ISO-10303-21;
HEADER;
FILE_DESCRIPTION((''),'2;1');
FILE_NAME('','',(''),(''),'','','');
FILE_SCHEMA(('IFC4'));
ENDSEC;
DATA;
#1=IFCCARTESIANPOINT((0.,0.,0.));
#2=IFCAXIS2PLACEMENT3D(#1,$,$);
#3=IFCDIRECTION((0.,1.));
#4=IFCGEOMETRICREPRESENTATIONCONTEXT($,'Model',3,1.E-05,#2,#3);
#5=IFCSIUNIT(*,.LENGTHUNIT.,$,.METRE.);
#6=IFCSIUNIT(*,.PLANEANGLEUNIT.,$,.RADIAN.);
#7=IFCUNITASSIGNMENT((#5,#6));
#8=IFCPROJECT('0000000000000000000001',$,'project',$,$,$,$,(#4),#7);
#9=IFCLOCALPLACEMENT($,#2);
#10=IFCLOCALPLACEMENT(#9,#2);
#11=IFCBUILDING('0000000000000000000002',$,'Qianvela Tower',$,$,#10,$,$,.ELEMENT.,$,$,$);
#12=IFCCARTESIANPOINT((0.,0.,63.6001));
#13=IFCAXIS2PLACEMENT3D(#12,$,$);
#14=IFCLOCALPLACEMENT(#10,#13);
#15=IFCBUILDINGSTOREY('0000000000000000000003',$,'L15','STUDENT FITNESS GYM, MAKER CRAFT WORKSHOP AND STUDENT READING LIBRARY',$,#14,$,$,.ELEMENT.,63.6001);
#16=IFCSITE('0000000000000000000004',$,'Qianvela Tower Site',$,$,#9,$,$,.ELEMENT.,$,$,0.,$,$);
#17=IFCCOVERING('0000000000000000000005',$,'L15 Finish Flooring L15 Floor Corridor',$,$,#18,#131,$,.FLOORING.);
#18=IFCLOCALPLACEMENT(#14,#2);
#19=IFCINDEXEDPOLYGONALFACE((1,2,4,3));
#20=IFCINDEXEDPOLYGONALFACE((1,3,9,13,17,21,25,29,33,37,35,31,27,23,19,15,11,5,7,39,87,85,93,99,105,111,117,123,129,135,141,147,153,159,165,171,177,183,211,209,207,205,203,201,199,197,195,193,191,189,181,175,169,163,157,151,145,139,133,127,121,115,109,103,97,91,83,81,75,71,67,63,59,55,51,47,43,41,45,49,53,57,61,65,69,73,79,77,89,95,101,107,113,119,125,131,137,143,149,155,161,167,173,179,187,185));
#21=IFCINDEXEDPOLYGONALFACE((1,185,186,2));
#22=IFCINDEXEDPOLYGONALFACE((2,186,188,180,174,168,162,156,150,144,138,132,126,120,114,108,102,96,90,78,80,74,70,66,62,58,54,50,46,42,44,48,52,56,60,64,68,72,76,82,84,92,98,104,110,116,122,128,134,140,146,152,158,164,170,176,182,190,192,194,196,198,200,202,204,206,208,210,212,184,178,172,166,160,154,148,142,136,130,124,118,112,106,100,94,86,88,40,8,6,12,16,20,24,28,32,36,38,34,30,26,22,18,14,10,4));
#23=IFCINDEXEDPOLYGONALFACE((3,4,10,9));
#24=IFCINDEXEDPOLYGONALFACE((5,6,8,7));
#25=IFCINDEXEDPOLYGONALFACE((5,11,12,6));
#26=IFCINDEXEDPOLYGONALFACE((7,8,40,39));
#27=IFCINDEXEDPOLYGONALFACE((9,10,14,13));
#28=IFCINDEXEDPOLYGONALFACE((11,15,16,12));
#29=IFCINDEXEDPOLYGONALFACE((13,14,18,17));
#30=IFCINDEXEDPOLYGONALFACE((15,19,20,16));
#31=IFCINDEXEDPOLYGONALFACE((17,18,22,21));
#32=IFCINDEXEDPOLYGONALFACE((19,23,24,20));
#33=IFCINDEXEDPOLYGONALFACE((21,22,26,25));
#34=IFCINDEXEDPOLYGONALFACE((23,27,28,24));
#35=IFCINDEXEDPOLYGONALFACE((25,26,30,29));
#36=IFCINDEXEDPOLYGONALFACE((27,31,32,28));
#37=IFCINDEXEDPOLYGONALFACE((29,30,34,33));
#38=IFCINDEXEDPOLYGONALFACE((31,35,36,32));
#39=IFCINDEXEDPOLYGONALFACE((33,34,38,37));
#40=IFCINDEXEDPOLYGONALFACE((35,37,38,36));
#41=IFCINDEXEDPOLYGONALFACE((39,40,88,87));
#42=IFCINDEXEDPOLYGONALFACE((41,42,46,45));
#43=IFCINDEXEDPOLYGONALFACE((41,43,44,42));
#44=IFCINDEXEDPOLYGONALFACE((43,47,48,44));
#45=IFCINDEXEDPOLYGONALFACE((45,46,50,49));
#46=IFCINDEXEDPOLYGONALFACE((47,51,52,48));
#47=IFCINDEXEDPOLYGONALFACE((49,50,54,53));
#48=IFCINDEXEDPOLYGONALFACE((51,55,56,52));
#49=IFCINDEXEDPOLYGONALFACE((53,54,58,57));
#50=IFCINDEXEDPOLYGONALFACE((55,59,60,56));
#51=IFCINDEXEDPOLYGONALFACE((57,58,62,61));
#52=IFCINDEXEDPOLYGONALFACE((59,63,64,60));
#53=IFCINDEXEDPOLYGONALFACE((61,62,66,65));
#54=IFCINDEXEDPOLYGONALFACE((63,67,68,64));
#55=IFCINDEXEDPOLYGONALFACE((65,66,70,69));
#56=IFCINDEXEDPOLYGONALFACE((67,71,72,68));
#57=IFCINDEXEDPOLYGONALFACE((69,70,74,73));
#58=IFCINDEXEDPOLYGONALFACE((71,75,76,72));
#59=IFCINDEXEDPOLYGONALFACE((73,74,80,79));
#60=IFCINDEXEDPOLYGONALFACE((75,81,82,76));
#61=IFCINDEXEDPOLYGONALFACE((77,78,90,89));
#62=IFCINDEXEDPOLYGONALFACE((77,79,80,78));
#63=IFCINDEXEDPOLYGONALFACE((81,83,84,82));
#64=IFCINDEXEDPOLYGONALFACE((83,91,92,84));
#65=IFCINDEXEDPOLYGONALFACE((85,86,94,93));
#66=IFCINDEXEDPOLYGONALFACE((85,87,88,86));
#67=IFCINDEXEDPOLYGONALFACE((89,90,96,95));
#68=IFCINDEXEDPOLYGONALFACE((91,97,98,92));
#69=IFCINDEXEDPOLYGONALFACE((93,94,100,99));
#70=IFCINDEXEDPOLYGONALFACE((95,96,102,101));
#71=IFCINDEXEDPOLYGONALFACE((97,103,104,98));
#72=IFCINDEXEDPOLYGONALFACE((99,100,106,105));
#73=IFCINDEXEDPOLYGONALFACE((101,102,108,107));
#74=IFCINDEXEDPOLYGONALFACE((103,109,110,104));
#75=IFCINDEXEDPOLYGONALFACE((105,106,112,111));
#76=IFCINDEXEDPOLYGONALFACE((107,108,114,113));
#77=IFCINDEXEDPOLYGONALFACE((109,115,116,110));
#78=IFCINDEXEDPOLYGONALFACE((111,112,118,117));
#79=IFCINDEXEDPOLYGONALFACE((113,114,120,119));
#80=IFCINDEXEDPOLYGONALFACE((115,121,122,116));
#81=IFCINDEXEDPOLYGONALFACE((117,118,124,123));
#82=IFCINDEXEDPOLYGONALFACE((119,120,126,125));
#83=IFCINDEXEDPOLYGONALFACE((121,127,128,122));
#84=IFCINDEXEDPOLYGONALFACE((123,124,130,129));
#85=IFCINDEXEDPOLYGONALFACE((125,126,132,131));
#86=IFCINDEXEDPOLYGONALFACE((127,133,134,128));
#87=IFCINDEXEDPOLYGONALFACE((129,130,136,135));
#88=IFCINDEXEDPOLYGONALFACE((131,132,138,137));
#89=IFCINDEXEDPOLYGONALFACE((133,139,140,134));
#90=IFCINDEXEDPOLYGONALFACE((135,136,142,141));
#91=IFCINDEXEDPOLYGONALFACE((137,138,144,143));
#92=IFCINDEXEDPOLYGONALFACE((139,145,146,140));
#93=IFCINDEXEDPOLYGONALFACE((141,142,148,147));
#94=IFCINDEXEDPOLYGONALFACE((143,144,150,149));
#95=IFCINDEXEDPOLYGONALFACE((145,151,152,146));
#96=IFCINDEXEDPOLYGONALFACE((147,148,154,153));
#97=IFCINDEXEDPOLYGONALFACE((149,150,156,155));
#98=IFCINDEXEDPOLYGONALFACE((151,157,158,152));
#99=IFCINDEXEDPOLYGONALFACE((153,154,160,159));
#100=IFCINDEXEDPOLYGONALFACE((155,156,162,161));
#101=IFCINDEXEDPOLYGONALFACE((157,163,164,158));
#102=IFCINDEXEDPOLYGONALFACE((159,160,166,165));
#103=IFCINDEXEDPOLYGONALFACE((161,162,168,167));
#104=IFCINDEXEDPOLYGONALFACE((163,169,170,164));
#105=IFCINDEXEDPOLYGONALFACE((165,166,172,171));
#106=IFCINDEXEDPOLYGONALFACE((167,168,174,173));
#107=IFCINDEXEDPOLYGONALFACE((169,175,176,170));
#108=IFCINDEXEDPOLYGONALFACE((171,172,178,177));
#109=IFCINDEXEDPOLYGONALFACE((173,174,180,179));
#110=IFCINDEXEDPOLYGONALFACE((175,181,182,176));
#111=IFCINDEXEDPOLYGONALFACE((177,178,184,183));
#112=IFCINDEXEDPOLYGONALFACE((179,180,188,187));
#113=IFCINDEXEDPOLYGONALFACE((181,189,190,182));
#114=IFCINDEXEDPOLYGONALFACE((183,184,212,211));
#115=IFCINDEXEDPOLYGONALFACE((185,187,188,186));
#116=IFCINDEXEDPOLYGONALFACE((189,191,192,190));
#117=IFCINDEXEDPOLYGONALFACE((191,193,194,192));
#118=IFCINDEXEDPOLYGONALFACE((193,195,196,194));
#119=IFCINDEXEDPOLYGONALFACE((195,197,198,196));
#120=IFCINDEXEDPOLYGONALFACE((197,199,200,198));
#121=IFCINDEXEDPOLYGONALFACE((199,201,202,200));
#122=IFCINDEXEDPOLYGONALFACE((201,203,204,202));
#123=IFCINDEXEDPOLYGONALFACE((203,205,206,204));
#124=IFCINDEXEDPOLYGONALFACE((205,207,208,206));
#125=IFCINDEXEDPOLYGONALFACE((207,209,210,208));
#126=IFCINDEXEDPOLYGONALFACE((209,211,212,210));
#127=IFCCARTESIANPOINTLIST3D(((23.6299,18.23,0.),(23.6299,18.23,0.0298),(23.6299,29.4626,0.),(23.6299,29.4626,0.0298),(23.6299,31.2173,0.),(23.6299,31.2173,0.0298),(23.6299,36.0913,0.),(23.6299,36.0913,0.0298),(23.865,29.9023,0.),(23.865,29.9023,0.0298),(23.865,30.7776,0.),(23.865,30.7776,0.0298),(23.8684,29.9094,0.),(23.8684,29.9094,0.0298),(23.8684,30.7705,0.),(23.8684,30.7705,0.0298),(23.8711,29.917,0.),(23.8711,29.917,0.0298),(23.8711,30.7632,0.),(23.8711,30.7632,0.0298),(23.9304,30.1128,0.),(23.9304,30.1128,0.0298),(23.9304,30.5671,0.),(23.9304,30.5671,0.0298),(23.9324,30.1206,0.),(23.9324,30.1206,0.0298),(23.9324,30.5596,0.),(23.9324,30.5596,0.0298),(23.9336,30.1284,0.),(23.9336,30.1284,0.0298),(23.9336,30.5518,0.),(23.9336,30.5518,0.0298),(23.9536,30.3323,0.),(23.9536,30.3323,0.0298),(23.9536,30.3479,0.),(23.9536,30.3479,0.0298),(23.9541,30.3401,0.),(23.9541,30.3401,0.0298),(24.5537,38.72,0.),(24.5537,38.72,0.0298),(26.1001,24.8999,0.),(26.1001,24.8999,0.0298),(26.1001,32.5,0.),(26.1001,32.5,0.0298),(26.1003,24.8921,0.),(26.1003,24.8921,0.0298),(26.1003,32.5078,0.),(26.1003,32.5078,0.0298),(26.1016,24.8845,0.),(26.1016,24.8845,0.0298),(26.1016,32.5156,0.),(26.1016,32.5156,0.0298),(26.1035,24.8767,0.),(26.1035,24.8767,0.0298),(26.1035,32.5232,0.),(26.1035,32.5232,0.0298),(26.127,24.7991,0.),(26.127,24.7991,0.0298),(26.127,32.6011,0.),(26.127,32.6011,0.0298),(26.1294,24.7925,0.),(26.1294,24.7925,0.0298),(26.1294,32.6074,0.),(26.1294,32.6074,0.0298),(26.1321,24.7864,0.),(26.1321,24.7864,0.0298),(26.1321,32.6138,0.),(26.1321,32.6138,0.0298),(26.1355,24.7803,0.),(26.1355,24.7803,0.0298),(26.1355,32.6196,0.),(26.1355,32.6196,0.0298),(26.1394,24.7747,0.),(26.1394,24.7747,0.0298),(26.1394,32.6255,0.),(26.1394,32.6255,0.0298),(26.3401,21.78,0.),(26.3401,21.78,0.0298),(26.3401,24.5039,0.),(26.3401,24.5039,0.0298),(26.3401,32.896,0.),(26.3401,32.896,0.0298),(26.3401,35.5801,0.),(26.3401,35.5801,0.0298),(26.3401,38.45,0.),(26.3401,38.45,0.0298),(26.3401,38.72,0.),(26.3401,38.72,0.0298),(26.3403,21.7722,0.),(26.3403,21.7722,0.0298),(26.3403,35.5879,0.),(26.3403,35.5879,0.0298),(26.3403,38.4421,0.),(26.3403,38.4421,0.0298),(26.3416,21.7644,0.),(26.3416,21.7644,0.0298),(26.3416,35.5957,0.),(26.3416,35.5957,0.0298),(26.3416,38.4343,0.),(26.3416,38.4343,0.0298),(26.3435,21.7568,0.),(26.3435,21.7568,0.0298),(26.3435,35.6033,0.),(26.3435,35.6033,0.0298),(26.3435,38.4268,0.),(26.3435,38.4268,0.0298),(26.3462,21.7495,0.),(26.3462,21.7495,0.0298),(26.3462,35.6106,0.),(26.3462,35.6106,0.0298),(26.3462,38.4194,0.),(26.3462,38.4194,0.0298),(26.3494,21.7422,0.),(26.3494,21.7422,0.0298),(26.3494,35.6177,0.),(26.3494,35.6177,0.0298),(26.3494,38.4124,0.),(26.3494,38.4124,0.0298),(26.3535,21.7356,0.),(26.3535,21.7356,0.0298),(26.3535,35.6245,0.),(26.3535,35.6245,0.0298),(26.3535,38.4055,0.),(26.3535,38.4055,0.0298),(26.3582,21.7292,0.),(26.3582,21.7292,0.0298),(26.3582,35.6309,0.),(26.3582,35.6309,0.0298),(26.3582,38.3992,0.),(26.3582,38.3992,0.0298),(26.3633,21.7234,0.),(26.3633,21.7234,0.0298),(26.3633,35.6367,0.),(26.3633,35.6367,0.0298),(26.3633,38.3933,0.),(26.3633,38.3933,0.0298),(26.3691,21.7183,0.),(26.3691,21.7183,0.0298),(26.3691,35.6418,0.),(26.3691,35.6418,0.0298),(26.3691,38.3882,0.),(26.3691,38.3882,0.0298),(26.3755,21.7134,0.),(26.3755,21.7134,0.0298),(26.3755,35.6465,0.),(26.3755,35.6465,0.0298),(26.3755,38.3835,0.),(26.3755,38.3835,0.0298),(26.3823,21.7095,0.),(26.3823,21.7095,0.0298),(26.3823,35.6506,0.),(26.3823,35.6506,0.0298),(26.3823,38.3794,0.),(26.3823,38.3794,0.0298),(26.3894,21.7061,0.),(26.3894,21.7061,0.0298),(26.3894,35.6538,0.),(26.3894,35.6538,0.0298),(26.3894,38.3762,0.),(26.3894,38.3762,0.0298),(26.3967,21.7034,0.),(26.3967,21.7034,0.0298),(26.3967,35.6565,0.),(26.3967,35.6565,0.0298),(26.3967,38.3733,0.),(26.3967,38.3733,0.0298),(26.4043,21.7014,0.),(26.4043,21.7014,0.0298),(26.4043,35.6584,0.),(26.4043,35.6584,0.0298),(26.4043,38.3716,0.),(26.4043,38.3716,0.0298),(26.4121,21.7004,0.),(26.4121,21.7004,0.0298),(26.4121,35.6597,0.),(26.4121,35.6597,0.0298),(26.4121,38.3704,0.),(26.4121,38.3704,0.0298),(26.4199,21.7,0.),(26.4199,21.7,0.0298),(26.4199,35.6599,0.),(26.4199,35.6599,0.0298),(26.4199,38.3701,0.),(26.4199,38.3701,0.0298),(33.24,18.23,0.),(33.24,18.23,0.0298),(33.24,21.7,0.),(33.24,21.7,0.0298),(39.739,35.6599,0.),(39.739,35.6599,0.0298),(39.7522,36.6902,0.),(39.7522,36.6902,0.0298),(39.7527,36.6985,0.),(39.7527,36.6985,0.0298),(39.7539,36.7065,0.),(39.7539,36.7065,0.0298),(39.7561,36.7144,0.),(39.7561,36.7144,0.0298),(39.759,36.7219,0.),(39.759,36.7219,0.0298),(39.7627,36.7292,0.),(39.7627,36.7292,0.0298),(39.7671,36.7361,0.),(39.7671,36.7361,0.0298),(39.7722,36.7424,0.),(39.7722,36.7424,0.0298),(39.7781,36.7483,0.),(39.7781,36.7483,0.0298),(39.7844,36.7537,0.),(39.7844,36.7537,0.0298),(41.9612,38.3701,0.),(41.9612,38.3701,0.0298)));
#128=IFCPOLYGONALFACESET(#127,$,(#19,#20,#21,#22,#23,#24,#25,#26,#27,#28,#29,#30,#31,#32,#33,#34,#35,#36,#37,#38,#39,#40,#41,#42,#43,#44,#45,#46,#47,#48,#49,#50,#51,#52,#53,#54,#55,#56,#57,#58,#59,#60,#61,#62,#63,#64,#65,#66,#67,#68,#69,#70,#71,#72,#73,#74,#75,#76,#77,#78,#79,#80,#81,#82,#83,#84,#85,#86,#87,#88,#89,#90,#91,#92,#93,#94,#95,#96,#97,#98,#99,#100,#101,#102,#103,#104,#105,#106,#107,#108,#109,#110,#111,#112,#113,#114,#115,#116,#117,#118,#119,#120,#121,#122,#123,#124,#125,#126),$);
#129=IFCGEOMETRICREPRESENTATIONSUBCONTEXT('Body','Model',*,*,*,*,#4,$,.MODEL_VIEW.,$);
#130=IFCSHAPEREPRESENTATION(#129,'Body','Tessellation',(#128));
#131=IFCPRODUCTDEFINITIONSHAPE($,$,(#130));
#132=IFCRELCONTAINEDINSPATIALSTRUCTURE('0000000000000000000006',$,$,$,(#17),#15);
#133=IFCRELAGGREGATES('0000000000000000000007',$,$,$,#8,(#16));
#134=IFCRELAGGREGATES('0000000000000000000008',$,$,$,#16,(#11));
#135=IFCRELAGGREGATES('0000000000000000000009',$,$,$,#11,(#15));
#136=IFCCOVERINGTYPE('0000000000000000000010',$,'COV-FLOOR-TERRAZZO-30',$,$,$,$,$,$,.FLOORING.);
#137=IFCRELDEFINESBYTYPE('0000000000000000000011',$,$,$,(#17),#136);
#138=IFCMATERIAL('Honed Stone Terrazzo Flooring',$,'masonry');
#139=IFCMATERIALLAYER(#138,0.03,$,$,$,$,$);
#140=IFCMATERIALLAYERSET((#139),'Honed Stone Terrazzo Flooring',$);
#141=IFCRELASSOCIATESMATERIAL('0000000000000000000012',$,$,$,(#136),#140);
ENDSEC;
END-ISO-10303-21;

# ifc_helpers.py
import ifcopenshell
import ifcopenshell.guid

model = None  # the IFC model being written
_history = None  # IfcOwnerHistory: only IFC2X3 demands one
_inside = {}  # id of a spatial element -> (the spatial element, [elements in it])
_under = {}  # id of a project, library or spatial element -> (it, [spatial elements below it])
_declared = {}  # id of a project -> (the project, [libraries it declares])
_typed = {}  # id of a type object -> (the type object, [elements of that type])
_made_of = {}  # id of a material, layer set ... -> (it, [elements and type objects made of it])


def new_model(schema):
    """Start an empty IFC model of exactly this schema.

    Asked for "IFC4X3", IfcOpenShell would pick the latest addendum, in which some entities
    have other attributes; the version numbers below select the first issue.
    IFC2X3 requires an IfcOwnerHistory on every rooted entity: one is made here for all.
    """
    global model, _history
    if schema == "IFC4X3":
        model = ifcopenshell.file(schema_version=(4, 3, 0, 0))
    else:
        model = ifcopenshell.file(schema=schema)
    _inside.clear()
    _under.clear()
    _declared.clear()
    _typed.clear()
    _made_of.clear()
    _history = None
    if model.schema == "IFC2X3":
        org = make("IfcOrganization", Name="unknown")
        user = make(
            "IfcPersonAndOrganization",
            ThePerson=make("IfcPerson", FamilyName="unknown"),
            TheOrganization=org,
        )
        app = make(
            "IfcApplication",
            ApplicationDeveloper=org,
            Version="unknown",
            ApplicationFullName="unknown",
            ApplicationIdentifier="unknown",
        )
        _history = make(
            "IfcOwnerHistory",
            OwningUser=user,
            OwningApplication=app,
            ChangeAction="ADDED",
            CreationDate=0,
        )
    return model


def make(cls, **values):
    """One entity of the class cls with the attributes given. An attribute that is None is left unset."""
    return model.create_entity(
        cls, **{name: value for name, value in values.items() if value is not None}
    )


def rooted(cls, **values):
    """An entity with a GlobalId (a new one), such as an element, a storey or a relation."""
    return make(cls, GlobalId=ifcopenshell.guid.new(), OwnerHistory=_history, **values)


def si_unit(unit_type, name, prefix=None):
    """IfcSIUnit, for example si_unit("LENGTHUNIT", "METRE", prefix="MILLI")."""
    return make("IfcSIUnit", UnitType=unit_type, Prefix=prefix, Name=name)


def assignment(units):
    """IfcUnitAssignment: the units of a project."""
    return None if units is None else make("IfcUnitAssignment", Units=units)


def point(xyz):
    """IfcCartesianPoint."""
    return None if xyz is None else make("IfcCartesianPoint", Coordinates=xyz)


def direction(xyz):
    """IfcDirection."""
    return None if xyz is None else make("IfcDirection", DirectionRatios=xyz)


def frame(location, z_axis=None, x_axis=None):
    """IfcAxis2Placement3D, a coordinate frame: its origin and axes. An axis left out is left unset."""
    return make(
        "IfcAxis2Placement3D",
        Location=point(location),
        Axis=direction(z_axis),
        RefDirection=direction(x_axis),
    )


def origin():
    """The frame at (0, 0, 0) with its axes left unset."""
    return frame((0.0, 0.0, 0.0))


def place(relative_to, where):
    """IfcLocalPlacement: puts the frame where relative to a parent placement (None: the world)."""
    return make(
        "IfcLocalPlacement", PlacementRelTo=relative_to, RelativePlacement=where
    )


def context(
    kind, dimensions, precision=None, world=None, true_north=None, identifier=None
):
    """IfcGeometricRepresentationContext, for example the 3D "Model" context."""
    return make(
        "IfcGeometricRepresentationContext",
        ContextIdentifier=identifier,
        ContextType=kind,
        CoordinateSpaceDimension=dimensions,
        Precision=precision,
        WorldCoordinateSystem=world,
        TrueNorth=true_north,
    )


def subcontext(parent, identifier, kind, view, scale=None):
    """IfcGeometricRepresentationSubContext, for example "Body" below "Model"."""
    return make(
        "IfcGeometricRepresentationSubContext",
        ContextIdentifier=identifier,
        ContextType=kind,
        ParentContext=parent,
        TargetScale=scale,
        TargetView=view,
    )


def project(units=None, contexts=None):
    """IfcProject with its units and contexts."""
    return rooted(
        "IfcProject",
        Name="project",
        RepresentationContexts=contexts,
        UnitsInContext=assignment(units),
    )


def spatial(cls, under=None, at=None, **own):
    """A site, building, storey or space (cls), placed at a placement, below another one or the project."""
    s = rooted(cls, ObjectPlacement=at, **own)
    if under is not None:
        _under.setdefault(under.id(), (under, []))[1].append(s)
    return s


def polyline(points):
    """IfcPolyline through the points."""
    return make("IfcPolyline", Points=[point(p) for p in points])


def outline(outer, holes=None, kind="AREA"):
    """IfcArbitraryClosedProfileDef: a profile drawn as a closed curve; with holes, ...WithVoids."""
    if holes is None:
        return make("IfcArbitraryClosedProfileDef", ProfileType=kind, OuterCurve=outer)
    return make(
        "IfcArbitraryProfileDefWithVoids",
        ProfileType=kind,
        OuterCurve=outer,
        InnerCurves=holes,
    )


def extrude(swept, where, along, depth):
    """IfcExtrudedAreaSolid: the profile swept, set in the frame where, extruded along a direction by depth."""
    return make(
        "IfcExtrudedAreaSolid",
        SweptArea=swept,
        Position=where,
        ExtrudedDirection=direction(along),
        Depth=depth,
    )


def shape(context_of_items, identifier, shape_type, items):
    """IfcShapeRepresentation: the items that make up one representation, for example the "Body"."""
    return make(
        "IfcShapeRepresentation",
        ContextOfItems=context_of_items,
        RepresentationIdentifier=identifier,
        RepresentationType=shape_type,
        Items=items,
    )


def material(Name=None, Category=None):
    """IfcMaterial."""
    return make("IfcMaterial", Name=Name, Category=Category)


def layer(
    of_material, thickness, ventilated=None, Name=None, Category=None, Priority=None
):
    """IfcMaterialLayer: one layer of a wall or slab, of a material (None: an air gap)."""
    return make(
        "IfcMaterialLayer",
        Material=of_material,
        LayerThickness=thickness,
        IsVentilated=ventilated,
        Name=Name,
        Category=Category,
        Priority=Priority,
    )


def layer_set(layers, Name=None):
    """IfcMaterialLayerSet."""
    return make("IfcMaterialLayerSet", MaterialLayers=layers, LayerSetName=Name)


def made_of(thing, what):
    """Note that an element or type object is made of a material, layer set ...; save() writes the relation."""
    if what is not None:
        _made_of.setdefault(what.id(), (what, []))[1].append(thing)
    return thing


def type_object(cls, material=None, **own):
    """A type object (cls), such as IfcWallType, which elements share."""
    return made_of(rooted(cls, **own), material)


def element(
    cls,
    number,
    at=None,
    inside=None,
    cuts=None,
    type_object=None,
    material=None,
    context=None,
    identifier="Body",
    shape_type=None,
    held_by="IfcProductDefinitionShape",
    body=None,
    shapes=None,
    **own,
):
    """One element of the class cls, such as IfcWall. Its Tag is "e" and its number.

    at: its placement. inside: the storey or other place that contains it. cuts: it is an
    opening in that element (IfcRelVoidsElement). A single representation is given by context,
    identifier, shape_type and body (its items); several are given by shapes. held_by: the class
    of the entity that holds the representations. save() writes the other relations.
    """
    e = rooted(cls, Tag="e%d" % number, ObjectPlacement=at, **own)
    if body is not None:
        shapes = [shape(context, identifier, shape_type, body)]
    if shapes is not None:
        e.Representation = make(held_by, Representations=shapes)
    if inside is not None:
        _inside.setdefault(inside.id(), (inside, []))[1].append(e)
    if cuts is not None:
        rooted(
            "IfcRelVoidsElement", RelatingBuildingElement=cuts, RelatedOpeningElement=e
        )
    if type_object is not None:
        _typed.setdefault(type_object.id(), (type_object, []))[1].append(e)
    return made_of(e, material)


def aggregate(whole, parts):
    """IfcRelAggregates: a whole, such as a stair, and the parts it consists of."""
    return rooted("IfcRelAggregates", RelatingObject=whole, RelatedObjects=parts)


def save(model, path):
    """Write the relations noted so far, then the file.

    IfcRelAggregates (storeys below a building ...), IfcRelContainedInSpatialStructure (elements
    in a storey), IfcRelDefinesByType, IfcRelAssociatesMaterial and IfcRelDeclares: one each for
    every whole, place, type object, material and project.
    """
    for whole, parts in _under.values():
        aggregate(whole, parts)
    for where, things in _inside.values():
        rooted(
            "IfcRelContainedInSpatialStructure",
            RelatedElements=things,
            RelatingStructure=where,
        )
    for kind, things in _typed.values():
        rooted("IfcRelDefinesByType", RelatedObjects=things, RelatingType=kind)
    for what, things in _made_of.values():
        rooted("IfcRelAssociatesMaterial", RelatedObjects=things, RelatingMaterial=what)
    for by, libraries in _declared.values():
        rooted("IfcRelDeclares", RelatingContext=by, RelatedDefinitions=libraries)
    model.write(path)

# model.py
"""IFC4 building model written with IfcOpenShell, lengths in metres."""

from ifc_helpers import new_model, si_unit, direction, frame, origin, place, context, subcontext, project, spatial, polyline, outline, extrude, material, layer, layer_set, type_object, element, save


model = new_model("IFC4")

# Units and contexts
model_context = context("Model", 3, precision=1e-05, world=origin(), true_north=direction((0.0, 1.0)))
body_context = subcontext(model_context, "Body", "Model", "MODEL_VIEW")
ifc_project = project(units=[si_unit("LENGTHUNIT", "METRE"), si_unit("PLANEANGLEUNIT", "RADIAN")], contexts=[model_context])

# Site, building, storey
site_placement = place(None, origin())
site = spatial("IfcSite", under=ifc_project, at=site_placement, Name="Qianvela Tower Site", CompositionType="ELEMENT", RefElevation=0.0)
building_placement = place(site_placement, origin())
building = spatial("IfcBuilding", under=site, at=building_placement, Name="Qianvela Tower", CompositionType="ELEMENT")
storey_placement = place(building_placement, frame((0.0, 0.0, 63.6001)))
storey = spatial("IfcBuildingStorey", under=building, at=storey_placement, Name="L15", Description="STUDENT FITNESS GYM, MAKER CRAFT WORKSHOP AND STUDENT READING LIBRARY", CompositionType="ELEMENT", Elevation=63.6001)

# Covering
ifc_material_1 = material(Name="Honed Stone Terrazzo Flooring", Category="masonry")
ifc_layer_1 = layer(ifc_material_1, 0.03)
ifc_layer_set_1 = layer_set([ifc_layer_1], Name="Honed Stone Terrazzo Flooring")
covering_type_1 = type_object("IfcCoveringType", Name="COV-FLOOR-TERRAZZO-30", PredefinedType="FLOORING", material=ifc_layer_set_1)
covering_1_placement = place(storey_placement, origin())
element("IfcCovering", 1, at=covering_1_placement, inside=storey, type_object=covering_type_1, Name="L15 Finish Flooring L15 Floor Corridor", PredefinedType="FLOORING", context=body_context, shape_type="SweptSolid", body=[
    extrude(outline(polyline([(23.8711, 30.7632), (23.8684, 30.7705), (23.865, 30.7776), (23.6299, 31.2173), (23.6299, 36.0913), (24.5537, 38.72), (26.3401, 38.72), (26.3401, 38.45), (26.3403, 38.4421), (26.3416, 38.4343), (26.3435, 38.4268), (26.3462, 38.4194), (26.3494, 38.4124), (26.3535, 38.4055), (26.3582, 38.3992), (26.3633, 38.3933), (26.3691, 38.3882), (26.3755, 38.3835), (26.3823, 38.3794), (26.3894, 38.3762), (26.3967, 38.3733), (26.4043, 38.3716), (26.4121, 38.3704), (26.4199, 38.3701), (41.9612, 38.3701), (39.7844, 36.7537), (39.7781, 36.7483), (39.7722, 36.7424), (39.7671, 36.7361), (39.7627, 36.7292), (39.759, 36.7219), (39.7561, 36.7144), (39.7539, 36.7065), (39.7527, 36.6985), (39.7522, 36.6902), (39.739, 35.6599), (26.4199, 35.6599), (26.4121, 35.6597), (26.4043, 35.6584), (26.3967, 35.6565), (26.3894, 35.6538), (26.3823, 35.6506), (26.3755, 35.6465), (26.3691, 35.6418), (26.3633, 35.6367), (26.3582, 35.6309), (26.3535, 35.6245), (26.3494, 35.6177), (26.3462, 35.6106), (26.3435, 35.6033), (26.3416, 35.5957), (26.3403, 35.5879), (26.3401, 35.5801), (26.3401, 32.896), (26.1394, 32.6255), (26.1355, 32.6196), (26.1321, 32.6138), (26.1294, 32.6074), (26.127, 32.6011), (26.1035, 32.5232), (26.1016, 32.5156), (26.1003, 32.5078), (26.1001, 32.5), (26.1001, 24.8999), (26.1003, 24.8921), (26.1016, 24.8845), (26.1035, 24.8767), (26.127, 24.7991), (26.1294, 24.7925), (26.1321, 24.7864), (26.1355, 24.7803), (26.1394, 24.7747), (26.3401, 24.5039), (26.3401, 21.78), (26.3403, 21.7722), (26.3416, 21.7644), (26.3435, 21.7568), (26.3462, 21.7495), (26.3494, 21.7422), (26.3535, 21.7356), (26.3582, 21.7292), (26.3633, 21.7234), (26.3691, 21.7183), (26.3755, 21.7134), (26.3823, 21.7095), (26.3894, 21.7061), (26.3967, 21.7034), (26.4043, 21.7014), (26.4121, 21.7004), (26.4199, 21.7), (33.24, 21.7), (33.24, 18.23), (23.6299, 18.23), (23.6299, 29.4626), (23.865, 29.9023), (23.8684, 29.9094), (23.8711, 29.917), (23.9304, 30.1128), (23.9324, 30.1206), (23.9336, 30.1284), (23.9536, 30.3323), (23.9541, 30.3401), (23.9536, 30.3479), (23.9336, 30.5518), (23.9324, 30.5596), (23.9304, 30.5671), (23.8711, 30.7632)])), origin(), (0.0, 0.0, 1.0), 0.0298),
])

save(model, "model.ifc")
